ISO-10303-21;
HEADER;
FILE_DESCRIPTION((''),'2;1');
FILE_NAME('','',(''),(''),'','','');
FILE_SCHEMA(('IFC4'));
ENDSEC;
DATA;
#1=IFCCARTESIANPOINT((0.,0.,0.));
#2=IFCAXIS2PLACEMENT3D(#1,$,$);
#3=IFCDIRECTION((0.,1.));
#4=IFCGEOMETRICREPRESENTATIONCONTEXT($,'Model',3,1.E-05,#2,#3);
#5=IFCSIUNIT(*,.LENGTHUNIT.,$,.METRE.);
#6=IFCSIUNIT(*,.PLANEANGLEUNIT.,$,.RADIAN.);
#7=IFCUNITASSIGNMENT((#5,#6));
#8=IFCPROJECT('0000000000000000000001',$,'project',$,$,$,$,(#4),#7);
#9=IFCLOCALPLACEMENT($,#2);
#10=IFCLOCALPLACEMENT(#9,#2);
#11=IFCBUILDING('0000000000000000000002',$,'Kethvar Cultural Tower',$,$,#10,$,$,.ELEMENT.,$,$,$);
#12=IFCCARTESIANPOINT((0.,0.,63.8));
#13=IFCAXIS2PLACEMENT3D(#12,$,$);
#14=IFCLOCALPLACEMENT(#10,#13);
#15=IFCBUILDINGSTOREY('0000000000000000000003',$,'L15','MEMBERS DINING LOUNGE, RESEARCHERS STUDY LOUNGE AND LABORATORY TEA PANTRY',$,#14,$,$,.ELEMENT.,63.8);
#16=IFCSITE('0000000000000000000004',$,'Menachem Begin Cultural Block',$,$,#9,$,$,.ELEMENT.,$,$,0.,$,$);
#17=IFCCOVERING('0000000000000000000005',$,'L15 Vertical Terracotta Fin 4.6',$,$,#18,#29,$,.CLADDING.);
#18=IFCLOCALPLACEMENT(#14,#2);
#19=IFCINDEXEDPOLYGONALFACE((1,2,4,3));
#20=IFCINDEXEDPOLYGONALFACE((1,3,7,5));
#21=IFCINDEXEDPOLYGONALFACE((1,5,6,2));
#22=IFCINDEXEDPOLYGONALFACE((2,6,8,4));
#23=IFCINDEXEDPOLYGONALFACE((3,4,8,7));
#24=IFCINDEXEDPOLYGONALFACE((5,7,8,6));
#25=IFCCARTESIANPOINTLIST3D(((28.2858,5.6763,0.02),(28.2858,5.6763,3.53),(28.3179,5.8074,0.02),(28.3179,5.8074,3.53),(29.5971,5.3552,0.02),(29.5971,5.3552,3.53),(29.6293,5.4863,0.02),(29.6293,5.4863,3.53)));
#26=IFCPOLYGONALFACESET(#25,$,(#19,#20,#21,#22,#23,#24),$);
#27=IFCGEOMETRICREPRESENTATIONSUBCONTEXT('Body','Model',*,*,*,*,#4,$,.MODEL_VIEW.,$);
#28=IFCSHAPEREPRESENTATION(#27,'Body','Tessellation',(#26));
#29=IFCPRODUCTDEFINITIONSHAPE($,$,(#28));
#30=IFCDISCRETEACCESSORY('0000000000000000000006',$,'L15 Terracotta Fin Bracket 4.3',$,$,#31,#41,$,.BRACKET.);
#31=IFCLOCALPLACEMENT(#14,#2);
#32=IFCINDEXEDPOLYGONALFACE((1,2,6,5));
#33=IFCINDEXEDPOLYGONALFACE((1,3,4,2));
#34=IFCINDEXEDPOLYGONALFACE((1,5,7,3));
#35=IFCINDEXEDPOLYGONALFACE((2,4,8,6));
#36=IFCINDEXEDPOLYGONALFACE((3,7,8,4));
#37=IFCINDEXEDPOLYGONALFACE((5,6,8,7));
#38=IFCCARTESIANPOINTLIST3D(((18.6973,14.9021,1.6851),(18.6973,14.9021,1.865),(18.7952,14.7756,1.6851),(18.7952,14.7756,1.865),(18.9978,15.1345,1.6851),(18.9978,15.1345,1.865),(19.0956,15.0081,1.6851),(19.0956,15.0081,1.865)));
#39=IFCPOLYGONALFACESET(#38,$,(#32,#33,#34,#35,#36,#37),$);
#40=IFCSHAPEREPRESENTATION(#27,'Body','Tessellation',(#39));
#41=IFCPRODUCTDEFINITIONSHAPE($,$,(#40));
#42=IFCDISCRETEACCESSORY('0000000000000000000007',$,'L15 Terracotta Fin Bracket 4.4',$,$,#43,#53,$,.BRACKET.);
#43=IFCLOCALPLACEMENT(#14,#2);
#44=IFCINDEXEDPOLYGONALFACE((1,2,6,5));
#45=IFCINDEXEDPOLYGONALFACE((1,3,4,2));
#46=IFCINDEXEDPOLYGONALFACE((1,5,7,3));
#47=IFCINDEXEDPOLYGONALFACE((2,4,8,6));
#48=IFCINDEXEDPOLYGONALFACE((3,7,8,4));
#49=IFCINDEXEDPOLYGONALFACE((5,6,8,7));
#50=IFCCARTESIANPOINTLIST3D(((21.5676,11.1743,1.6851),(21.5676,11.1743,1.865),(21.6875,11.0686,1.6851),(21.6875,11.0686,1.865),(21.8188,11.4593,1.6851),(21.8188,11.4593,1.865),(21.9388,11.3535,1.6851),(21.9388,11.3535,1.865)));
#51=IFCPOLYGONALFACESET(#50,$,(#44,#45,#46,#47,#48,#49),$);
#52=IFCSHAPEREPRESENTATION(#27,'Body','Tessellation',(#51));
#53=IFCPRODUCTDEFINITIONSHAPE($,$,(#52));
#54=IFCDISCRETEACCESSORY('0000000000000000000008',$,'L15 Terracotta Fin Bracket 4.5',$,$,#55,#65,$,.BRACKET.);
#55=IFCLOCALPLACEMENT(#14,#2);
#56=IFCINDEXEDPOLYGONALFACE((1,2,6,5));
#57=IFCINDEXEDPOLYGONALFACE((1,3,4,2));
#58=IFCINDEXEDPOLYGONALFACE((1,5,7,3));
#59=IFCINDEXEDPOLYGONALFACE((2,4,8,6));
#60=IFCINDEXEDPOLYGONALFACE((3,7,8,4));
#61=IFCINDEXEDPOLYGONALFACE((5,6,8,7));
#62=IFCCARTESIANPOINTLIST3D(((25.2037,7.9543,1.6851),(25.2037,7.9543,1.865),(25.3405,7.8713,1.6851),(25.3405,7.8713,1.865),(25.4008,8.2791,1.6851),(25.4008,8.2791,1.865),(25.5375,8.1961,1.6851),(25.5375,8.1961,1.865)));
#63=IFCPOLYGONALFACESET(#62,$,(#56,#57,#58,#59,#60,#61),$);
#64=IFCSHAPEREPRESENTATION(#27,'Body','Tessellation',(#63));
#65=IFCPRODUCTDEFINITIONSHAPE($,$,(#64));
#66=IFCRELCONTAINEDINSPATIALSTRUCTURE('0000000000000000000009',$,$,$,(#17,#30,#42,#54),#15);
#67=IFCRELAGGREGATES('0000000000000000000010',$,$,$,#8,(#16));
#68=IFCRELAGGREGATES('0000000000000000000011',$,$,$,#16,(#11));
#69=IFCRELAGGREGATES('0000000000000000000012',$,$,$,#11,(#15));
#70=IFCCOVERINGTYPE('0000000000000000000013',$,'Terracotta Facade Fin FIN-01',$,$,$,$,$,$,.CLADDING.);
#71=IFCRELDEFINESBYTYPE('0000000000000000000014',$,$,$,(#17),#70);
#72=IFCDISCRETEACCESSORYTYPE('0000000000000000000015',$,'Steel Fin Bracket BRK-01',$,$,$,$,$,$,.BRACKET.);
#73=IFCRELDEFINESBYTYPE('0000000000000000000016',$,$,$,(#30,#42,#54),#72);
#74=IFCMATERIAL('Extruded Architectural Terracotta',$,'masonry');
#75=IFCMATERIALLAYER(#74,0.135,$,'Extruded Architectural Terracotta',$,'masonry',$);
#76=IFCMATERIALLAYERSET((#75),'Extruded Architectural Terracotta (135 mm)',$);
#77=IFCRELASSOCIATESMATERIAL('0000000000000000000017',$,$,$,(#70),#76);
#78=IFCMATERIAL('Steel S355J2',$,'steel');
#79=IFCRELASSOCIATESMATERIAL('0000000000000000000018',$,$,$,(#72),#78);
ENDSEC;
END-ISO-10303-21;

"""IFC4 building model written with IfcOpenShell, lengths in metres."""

from ifc_helpers import new_model, si_unit, direction, frame, origin, origin_2d, place, context, subcontext, project, spatial, rectangle, extrude, source, transform, mapped, material, layer, layer_set, type_object, element, save


model = new_model("IFC4")

# Units and contexts
model_context = context("Model", 3, precision=1e-05, world=origin(), true_north=direction((0.0, 1.0)))
body_context = subcontext(model_context, "Body", "Model", "MODEL_VIEW")
ifc_project = project(units=[si_unit("LENGTHUNIT", "METRE"), si_unit("PLANEANGLEUNIT", "RADIAN")], contexts=[model_context])

# Site, building, storey
site_placement = place(None, origin())
site = spatial("IfcSite", under=ifc_project, at=site_placement, Name="Menachem Begin Cultural Block", CompositionType="ELEMENT", RefElevation=0.0)
building_placement = place(site_placement, origin())
building = spatial("IfcBuilding", under=site, at=building_placement, Name="Kethvar Cultural Tower", CompositionType="ELEMENT")
storey_placement = place(building_placement, frame((0.0, 0.0, 63.8)))
storey = spatial("IfcBuildingStorey", under=building, at=storey_placement, Name="L15", Description="MEMBERS DINING LOUNGE, RESEARCHERS STUDY LOUNGE AND LABORATORY TEA PANTRY", CompositionType="ELEMENT", Elevation=63.8)

# Shared definitions
ifc_material_1 = material(Name="Steel S355J2", Category="steel")

# Covering
ifc_material_2 = material(Name="Extruded Architectural Terracotta", Category="masonry")
ifc_layer_1 = layer(ifc_material_2, 0.135, Name="Extruded Architectural Terracotta", Category="masonry")
ifc_layer_set_1 = layer_set([ifc_layer_1], Name="Extruded Architectural Terracotta (135 mm)")
covering_type = type_object("IfcCoveringType", Name="Terracotta Facade Fin FIN-01", PredefinedType="CLADDING", material=ifc_layer_set_1)
shared_shape_1 = source(origin(), body_context, "Body", "SweptSolid", [
    extrude(rectangle(XDim=1.3501, YDim=0.135, at=origin_2d()), origin(), (0.0, 0.0, 1.0), 3.51),
])
for number, where, z_axis, x_axis, name in (
    (1, (28.9575, 5.5813, 0.02), (0.0, 0.0, 1.0), (-0.971301, 0.237855, 0.0), "L15 Vertical Terracotta Fin 4.6"),
):
    element("IfcCovering", number, at=place(storey_placement, frame(where, z_axis=z_axis, x_axis=x_axis)), inside=storey, type_object=covering_type, Name=name, PredefinedType="CLADDING", context=body_context, shape_type="MappedRepresentation", body=[
        mapped(shared_shape_1, transform((0.0, 0.0, 0.0), scale=1.0)),
    ])

# Discrete accessories
discrete_accessory_type = type_object("IfcDiscreteAccessoryType", Name="Steel Fin Bracket BRK-01", PredefinedType="BRACKET", material=ifc_material_1)
shared_shape_2 = source(origin(), body_context, "Body", "SweptSolid", [
    extrude(rectangle(XDim=0.3799, YDim=0.1599, at=origin_2d()), origin(), (0.0, 0.0, 1.0), 0.1799),
])
for number, where, z_axis, x_axis, name in (
    (2, (18.8965, 14.9551, 1.6851), (0.0, 0.0, 1.0), (-0.790903, -0.611941, 0.0), "L15 Terracotta Fin Bracket 4.3"),
    (3, (21.7532, 11.2639, 1.6851), (0.0, 0.0, 1.0), (-0.661312, -0.750111, 0.0), "L15 Terracotta Fin Bracket 4.4"),
    (4, (25.3706, 8.0752, 1.6851), (0.0, 0.0, 1.0), (-0.518624, -0.855002, 0.0), "L15 Terracotta Fin Bracket 4.5"),
):
    element("IfcDiscreteAccessory", number, at=place(storey_placement, frame(where, z_axis=z_axis, x_axis=x_axis)), inside=storey, type_object=discrete_accessory_type, Name=name, PredefinedType="BRACKET", context=body_context, shape_type="MappedRepresentation", body=[
        mapped(shared_shape_2, transform((0.0, 0.0, 0.0), scale=1.0)),
    ])

save(model, "model.ifc")
